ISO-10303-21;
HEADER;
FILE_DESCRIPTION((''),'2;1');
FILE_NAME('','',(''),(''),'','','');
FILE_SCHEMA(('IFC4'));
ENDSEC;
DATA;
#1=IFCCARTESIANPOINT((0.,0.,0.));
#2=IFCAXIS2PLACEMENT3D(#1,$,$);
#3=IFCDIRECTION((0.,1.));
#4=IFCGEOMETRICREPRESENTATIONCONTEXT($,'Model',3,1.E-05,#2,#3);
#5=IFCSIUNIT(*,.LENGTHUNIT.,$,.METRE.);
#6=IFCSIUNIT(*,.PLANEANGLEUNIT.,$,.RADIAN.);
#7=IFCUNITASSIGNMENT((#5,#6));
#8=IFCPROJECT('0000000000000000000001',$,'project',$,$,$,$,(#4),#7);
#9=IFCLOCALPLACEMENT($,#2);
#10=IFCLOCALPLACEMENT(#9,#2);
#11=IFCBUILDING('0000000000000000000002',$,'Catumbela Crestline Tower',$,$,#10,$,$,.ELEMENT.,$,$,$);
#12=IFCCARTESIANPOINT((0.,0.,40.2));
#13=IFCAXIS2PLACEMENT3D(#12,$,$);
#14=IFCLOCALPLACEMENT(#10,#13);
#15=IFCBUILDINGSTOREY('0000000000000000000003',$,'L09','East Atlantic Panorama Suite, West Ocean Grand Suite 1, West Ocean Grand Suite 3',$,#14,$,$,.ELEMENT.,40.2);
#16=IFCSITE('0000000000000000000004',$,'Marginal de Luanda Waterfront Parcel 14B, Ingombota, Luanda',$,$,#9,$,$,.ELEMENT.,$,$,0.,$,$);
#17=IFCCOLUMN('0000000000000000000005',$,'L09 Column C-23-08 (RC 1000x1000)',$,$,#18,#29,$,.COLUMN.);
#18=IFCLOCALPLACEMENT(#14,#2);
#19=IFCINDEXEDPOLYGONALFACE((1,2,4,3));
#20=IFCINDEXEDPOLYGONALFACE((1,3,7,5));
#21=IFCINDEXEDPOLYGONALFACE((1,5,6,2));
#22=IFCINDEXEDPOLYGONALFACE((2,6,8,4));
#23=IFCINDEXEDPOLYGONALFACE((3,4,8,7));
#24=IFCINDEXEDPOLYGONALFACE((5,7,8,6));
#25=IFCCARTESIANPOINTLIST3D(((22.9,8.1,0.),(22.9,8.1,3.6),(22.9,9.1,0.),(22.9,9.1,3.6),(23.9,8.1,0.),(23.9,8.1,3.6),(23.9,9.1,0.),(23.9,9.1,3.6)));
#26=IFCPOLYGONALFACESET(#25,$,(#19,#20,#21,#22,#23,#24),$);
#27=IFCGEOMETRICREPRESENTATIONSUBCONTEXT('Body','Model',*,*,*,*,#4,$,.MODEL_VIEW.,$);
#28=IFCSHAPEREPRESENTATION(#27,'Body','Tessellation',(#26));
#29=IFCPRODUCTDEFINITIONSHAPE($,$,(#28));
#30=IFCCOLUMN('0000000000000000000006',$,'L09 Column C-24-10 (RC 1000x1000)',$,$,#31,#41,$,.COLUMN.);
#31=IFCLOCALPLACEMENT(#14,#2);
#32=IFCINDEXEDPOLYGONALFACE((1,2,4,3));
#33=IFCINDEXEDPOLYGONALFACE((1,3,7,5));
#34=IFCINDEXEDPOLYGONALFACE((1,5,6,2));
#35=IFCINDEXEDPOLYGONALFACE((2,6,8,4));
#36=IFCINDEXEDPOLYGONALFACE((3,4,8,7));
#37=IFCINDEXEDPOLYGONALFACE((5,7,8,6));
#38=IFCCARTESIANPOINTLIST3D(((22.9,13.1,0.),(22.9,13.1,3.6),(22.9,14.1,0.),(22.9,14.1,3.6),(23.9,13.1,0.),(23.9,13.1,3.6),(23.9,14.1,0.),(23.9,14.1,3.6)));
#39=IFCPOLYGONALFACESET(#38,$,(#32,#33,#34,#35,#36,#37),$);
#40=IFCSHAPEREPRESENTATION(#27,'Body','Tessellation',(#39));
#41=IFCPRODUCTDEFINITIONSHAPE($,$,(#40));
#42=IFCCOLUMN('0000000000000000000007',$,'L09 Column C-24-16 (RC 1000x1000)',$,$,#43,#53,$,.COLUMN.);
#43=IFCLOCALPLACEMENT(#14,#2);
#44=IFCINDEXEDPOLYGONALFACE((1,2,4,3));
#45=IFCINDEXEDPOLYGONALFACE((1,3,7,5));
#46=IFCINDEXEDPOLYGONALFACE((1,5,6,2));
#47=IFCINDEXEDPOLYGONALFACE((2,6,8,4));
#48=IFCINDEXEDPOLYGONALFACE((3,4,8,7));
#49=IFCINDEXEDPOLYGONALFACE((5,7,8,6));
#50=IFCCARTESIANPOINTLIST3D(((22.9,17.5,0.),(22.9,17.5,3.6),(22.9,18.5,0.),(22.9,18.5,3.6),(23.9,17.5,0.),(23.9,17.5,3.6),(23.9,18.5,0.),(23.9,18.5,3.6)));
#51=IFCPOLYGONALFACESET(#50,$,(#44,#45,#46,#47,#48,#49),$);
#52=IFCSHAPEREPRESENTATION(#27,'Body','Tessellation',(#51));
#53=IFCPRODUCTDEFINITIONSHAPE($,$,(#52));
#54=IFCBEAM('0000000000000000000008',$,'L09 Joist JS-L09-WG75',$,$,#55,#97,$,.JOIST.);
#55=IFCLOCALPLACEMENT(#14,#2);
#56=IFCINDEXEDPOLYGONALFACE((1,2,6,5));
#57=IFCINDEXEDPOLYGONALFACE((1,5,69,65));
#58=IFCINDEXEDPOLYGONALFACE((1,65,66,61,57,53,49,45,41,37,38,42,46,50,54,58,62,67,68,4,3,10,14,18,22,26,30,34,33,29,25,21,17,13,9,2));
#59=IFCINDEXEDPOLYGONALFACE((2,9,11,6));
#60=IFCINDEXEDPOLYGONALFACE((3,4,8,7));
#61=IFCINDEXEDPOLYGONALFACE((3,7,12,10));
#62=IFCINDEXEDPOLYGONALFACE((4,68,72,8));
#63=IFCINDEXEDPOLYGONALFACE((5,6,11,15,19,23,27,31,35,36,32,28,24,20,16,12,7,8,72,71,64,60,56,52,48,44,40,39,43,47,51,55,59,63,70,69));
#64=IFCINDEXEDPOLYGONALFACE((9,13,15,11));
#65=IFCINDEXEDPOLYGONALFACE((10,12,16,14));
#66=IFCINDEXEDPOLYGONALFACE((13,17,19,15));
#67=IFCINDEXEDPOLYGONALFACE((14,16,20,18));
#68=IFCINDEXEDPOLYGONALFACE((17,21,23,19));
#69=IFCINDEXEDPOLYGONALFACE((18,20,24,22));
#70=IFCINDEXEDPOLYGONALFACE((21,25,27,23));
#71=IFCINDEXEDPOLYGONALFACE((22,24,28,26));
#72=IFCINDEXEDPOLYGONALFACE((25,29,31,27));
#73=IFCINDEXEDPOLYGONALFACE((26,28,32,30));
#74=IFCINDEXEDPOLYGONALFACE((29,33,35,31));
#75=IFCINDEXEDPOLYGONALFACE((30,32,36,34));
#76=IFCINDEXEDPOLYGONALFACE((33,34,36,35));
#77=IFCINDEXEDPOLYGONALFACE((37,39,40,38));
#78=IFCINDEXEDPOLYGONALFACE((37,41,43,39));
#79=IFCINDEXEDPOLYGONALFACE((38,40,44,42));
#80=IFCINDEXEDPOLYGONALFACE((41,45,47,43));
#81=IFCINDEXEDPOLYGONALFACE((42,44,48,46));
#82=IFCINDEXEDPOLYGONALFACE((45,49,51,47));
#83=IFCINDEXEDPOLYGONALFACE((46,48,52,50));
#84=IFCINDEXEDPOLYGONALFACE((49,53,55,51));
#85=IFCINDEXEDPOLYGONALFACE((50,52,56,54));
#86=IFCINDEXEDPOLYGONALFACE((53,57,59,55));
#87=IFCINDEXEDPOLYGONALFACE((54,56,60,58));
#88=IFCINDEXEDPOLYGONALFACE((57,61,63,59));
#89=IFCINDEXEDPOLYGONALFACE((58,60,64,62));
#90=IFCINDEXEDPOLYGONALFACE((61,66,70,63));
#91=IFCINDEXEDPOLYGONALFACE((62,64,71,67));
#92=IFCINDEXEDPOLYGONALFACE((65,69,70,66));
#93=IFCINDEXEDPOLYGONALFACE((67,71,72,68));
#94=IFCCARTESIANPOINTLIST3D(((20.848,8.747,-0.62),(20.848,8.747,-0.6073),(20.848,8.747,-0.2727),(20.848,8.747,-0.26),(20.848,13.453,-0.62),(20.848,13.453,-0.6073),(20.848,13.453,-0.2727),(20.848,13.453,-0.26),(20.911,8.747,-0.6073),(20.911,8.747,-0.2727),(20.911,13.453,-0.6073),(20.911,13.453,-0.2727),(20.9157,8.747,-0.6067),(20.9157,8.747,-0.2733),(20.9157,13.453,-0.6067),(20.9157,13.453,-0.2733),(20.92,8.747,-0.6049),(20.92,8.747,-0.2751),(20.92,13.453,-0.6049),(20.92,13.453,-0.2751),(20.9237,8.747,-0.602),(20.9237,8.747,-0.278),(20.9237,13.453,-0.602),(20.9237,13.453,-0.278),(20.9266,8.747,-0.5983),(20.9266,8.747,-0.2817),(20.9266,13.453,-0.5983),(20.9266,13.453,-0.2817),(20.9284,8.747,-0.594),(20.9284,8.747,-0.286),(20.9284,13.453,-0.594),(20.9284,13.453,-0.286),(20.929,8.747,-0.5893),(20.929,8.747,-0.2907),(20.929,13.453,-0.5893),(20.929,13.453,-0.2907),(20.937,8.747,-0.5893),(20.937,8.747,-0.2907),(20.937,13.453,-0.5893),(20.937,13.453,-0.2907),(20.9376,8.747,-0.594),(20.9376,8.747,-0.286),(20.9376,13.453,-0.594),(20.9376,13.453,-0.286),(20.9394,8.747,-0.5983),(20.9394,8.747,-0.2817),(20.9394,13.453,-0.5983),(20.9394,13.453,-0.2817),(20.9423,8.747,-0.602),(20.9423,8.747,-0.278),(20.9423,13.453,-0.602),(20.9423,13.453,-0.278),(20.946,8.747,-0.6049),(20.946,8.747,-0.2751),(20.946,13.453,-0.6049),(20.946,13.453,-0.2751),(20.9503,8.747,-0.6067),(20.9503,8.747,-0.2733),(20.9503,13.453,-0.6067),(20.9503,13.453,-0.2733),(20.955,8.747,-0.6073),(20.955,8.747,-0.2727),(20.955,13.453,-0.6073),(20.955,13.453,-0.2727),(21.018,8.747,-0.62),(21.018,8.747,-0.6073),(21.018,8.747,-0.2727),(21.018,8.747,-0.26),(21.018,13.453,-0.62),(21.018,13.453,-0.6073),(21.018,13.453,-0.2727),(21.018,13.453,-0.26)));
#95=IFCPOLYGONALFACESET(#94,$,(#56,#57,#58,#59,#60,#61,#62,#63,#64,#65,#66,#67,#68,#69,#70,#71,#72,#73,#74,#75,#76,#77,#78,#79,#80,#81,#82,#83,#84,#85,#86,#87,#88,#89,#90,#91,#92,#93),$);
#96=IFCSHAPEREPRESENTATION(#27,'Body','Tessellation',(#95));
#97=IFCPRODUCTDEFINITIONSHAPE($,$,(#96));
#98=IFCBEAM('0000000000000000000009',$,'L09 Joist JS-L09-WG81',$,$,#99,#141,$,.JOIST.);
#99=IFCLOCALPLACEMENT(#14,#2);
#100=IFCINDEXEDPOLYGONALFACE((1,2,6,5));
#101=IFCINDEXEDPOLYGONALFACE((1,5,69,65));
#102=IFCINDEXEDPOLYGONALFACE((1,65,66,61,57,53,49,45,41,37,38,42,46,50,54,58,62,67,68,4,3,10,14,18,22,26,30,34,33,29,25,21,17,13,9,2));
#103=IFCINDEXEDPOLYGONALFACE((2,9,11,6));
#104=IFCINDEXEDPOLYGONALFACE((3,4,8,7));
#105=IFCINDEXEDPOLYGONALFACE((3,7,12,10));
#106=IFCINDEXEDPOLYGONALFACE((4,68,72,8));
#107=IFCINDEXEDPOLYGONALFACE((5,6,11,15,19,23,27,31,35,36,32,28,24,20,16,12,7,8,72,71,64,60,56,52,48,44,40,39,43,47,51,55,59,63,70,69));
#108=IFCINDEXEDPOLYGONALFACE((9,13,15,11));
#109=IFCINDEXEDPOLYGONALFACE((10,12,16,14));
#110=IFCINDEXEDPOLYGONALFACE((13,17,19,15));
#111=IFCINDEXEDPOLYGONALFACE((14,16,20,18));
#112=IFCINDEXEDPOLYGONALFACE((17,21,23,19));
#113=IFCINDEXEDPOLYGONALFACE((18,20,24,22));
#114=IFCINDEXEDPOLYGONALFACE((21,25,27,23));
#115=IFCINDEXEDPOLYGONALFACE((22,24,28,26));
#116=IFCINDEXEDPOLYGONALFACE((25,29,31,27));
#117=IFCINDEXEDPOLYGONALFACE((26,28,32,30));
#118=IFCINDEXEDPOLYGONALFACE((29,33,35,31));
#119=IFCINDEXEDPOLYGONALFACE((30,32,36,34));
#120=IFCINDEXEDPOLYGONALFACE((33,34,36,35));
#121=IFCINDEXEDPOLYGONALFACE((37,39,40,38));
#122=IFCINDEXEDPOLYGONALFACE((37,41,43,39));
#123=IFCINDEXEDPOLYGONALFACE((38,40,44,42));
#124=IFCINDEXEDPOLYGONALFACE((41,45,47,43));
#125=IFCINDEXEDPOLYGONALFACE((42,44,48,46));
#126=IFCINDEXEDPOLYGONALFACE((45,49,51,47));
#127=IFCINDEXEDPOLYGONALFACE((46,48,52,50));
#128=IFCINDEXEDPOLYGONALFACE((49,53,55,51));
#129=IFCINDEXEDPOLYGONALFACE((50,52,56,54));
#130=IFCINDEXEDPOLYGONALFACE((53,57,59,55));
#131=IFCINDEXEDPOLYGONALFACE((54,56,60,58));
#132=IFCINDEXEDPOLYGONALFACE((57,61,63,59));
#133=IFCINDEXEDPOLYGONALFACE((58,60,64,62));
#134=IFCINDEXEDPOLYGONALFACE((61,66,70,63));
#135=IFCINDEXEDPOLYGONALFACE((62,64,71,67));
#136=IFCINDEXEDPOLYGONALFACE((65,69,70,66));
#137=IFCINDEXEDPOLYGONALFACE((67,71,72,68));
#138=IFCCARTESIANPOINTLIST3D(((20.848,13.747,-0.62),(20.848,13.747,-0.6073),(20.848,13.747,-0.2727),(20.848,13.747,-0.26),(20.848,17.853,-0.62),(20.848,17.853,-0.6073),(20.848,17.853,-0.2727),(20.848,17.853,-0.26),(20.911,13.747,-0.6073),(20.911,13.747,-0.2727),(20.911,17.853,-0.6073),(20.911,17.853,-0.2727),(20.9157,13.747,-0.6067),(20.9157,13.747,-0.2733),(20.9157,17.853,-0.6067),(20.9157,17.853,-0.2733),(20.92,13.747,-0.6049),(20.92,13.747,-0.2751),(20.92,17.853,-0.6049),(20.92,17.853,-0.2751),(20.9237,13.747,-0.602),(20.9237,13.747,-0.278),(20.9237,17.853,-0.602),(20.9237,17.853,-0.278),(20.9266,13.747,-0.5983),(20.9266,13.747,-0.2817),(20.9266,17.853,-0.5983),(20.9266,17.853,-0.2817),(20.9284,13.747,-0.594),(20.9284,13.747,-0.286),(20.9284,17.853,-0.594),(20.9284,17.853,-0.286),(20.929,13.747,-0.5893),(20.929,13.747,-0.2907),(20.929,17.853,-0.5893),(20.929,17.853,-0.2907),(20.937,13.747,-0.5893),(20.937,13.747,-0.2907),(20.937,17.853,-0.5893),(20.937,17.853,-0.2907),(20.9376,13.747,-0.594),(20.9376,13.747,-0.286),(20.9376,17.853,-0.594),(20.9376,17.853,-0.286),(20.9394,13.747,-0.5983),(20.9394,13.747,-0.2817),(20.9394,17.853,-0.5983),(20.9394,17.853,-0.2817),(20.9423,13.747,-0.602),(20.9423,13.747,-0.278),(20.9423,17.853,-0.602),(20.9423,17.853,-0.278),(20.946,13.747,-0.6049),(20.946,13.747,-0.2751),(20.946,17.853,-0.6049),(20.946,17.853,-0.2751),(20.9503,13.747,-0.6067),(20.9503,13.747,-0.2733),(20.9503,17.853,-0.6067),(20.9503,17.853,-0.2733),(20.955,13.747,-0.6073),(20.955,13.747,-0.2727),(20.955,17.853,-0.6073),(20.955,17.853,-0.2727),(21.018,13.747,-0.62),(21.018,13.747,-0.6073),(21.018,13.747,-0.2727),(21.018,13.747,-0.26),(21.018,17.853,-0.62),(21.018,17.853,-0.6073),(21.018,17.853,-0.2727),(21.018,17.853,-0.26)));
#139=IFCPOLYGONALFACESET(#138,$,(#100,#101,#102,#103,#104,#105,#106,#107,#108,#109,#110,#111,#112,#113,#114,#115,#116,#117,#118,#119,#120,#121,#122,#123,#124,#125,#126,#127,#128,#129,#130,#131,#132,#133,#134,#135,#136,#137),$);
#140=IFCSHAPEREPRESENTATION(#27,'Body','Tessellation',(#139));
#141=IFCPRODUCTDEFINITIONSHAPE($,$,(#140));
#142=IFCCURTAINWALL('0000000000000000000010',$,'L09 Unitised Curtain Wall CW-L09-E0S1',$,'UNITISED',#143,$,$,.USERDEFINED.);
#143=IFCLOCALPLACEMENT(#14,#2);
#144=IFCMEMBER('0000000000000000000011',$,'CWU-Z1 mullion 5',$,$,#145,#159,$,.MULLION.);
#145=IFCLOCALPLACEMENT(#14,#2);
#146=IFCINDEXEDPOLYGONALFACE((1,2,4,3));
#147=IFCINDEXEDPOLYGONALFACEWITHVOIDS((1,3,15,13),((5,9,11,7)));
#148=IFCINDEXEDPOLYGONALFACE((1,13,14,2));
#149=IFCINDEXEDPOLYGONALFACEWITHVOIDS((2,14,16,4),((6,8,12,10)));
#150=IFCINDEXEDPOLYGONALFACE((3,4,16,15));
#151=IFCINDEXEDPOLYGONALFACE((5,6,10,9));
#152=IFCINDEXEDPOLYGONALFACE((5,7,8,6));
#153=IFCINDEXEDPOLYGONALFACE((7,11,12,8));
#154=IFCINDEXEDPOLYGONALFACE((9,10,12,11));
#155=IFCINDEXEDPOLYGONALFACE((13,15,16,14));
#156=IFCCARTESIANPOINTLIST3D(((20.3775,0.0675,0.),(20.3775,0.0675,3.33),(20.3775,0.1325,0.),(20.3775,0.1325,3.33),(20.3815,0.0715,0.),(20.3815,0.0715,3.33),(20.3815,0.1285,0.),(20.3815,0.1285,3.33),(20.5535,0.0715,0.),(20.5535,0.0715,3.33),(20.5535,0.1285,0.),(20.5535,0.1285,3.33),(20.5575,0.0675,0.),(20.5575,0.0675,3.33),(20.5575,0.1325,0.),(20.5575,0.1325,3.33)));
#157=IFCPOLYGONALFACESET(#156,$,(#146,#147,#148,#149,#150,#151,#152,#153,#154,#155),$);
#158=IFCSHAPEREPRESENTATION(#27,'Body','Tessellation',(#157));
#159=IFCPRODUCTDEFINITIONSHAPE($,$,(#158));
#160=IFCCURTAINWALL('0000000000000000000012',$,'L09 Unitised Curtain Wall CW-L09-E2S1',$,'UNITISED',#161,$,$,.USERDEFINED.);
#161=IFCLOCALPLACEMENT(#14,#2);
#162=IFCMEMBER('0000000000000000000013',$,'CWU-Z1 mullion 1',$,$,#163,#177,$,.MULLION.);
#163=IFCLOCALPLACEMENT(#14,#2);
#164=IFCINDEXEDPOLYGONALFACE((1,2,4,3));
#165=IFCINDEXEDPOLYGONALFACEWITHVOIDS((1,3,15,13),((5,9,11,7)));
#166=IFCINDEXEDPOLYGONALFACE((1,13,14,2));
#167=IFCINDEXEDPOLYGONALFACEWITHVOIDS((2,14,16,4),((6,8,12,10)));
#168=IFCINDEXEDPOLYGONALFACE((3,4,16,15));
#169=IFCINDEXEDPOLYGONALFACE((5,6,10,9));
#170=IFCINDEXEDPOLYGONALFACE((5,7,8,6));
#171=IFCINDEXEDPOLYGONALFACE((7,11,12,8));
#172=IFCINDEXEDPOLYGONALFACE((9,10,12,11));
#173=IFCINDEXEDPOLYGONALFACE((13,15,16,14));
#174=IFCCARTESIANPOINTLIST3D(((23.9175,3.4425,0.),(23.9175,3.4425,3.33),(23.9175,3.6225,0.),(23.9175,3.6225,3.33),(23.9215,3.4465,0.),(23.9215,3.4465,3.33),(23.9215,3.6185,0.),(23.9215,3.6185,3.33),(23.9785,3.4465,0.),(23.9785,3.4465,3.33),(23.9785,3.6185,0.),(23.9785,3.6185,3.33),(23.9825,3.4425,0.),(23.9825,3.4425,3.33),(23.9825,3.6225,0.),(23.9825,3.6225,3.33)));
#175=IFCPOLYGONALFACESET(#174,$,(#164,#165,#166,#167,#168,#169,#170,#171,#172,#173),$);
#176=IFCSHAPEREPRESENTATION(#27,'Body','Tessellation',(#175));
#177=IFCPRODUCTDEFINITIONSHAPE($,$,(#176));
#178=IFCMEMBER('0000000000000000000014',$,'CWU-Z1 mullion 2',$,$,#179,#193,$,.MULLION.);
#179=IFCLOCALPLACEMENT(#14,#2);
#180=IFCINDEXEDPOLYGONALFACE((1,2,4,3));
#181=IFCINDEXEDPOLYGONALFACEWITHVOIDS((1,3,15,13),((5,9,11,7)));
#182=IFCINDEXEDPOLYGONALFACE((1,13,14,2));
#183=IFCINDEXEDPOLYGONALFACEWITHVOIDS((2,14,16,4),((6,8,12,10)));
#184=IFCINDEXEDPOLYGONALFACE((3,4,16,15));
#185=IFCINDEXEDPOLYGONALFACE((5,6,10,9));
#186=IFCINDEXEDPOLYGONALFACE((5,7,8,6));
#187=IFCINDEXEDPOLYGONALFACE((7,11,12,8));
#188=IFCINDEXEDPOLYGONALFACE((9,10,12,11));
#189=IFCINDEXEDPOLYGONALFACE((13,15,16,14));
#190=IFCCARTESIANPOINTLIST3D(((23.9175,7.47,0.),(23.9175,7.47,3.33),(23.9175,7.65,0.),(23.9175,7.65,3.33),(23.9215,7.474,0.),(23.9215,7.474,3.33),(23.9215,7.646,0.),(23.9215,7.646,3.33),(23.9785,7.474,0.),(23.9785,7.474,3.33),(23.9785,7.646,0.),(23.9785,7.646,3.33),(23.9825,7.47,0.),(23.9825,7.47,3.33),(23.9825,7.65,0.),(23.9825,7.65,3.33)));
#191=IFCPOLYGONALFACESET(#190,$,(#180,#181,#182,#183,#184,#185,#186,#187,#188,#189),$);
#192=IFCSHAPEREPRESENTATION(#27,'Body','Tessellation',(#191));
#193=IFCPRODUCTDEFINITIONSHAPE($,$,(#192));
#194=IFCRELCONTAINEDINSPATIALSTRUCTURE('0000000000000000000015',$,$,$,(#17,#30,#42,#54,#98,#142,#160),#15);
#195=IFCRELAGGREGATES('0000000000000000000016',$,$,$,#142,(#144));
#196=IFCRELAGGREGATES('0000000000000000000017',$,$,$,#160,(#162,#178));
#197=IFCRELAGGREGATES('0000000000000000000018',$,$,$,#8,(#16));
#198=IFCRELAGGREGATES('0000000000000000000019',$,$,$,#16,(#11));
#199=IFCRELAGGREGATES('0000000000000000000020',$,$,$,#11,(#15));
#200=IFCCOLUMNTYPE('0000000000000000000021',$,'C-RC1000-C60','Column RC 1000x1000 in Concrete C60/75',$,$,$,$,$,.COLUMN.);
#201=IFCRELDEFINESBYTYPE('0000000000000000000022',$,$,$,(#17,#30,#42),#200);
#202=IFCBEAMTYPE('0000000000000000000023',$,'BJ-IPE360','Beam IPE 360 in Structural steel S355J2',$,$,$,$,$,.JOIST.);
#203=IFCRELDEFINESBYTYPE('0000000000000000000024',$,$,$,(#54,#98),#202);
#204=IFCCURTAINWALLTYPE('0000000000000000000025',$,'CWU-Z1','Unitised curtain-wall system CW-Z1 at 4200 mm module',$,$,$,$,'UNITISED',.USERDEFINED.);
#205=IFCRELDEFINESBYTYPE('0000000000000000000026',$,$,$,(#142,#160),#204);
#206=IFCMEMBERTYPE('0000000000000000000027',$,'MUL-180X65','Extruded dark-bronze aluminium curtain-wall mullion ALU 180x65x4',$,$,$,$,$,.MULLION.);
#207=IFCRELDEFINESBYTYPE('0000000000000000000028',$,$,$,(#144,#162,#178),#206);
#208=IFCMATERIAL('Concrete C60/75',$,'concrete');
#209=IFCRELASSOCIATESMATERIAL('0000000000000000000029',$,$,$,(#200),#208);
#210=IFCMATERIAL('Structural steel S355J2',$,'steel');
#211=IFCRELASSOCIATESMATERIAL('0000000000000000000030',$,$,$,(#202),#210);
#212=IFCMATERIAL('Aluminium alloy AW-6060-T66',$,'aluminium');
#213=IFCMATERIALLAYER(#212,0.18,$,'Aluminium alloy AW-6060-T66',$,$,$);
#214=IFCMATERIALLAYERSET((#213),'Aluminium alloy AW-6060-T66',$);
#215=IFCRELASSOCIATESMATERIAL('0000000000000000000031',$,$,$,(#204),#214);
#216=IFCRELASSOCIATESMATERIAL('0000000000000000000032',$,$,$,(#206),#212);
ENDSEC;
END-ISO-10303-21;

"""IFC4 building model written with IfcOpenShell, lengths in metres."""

from ifc_helpers import new_model, si_unit, direction, frame, origin, origin_2d, place, context, subcontext, project, spatial, rectangle, hollow_rectangle, i_section, extrude, material, layer, layer_set, material_profile, profile_set, type_object, element, aggregate, save


model = new_model("IFC4")

# Units and contexts
model_context = context("Model", 3, precision=1e-05, world=origin(), true_north=direction((0.0, 1.0)))
body_context = subcontext(model_context, "Body", "Model", "MODEL_VIEW")
ifc_project = project(units=[si_unit("LENGTHUNIT", "METRE"), si_unit("PLANEANGLEUNIT", "RADIAN")], contexts=[model_context])

# Site, building, storey
site_placement = place(None, origin())
site = spatial("IfcSite", under=ifc_project, at=site_placement, Name="Marginal de Luanda Waterfront Parcel 14B, Ingombota, Luanda", CompositionType="ELEMENT", RefElevation=0.0)
building_placement = place(site_placement, origin())
building = spatial("IfcBuilding", under=site, at=building_placement, Name="Catumbela Crestline Tower", CompositionType="ELEMENT")
storey_placement = place(building_placement, frame((0.0, 0.0, 40.2)))
storey = spatial("IfcBuildingStorey", under=building, at=storey_placement, Name="L09", Description="East Atlantic Panorama Suite, West Ocean Grand Suite 1, West Ocean Grand Suite 3", CompositionType="ELEMENT", Elevation=40.2)

# Columns
ifc_material_1 = material(Name="Concrete C60/75", Category="concrete")
ifc_material_profile_1 = material_profile(ifc_material_1, rectangle(XDim=1.0, YDim=1.0, at=origin_2d()), Name="RC 1000x1000")
ifc_profile_set_1 = profile_set([ifc_material_profile_1], Name="Concrete C60/75")
column_type = type_object("IfcColumnType", Name="C-RC1000-C60", Description="Column RC 1000x1000 in Concrete C60/75", PredefinedType="COLUMN", material=ifc_profile_set_1)
for number, where, z_axis, x_axis, name in (
    (1, (23.4, 8.6, 0.0), (0.0, 0.0, 1.0), (1.0, 0.0, 0.0), "L09 Column C-23-08 (RC 1000x1000)"),
    (2, (23.4, 13.6, 0.0), (0.0, 0.0, 1.0), (1.0, 0.0, 0.0), "L09 Column C-24-10 (RC 1000x1000)"),
    (3, (23.4, 18.0, 0.0), (0.0, 0.0, 1.0), (1.0, 0.0, 0.0), "L09 Column C-24-16 (RC 1000x1000)"),
):
    element("IfcColumn", number, at=place(storey_placement, frame(where, z_axis=z_axis, x_axis=x_axis)), inside=storey, type_object=column_type, Name=name, PredefinedType="COLUMN", context=body_context, shape_type="SweptSolid", body=[
        extrude(rectangle(XDim=1.0, YDim=1.0, at=origin_2d()), origin(), (0.0, 0.0, 1.0), 3.6),
    ])

# Beams
ifc_material_2 = material(Name="Structural steel S355J2", Category="steel")
ifc_material_profile_2 = material_profile(ifc_material_2, i_section(OverallWidth=0.17, OverallDepth=0.36, WebThickness=0.008, FlangeThickness=0.0127, FilletRadius=0.018, at=origin_2d()), Name="IPE 360")
ifc_profile_set_2 = profile_set([ifc_material_profile_2], Name="Structural steel S355J2")
beam_type_1 = type_object("IfcBeamType", Name="BJ-IPE360", Description="Beam IPE 360 in Structural steel S355J2", PredefinedType="JOIST", material=ifc_profile_set_2)
beam_1_placement = place(storey_placement, frame((20.933, 8.747, -0.44), z_axis=(0.0, 1.0, 0.0), x_axis=(-1.0, 0.0, 0.0)))
element("IfcBeam", 4, at=beam_1_placement, inside=storey, type_object=beam_type_1, Name="L09 Joist JS-L09-WG75", PredefinedType="JOIST", context=body_context, shape_type="SweptSolid", body=[
    extrude(i_section(OverallWidth=0.17, OverallDepth=0.36, WebThickness=0.008, FlangeThickness=0.0127, FilletRadius=0.018, at=origin_2d()), origin(), (0.0, 0.0, 1.0), 4.706),
])
beam_2_placement = place(storey_placement, frame((20.933, 13.747, -0.44), z_axis=(0.0, 1.0, 0.0), x_axis=(-1.0, 0.0, 0.0)))
element("IfcBeam", 5, at=beam_2_placement, inside=storey, type_object=beam_type_1, Name="L09 Joist JS-L09-WG81", PredefinedType="JOIST", context=body_context, shape_type="SweptSolid", body=[
    extrude(i_section(OverallWidth=0.17, OverallDepth=0.36, WebThickness=0.008, FlangeThickness=0.0127, FilletRadius=0.018, at=origin_2d()), origin(), (0.0, 0.0, 1.0), 4.106),
])

# Curtain wall, member
ifc_material_3 = material(Name="Aluminium alloy AW-6060-T66", Category="aluminium")
ifc_layer_1 = layer(ifc_material_3, 0.18, Name="Aluminium alloy AW-6060-T66")
ifc_layer_set_1 = layer_set([ifc_layer_1], Name="Aluminium alloy AW-6060-T66")
curtain_wall_type = type_object("IfcCurtainWallType", Name="CWU-Z1", Description="Unitised curtain-wall system CW-Z1 at 4200 mm module", ElementType="UNITISED", PredefinedType="USERDEFINED", material=ifc_layer_set_1)
curtain_wall_1_placement = place(storey_placement, origin())
curtain_wall_1 = element("IfcCurtainWall", 6, at=curtain_wall_1_placement, inside=storey, type_object=curtain_wall_type, Name="L09 Unitised Curtain Wall CW-L09-E0S1", ObjectType="UNITISED", PredefinedType="USERDEFINED")
ifc_material_profile_3 = material_profile(ifc_material_3, hollow_rectangle(XDim=0.065, YDim=0.18, WallThickness=0.004, at=origin_2d()), Name="ALU 180x65x4")
ifc_profile_set_3 = profile_set([ifc_material_profile_3], Name="Aluminium alloy AW-6060-T66")
member_type_1 = type_object("IfcMemberType", Name="MUL-180X65", Description="Extruded dark-bronze aluminium curtain-wall mullion ALU 180x65x4", PredefinedType="MULLION", material=ifc_profile_set_3)
member_1_placement = place(storey_placement, frame((20.4675, 0.1, 0.0), z_axis=(0.0, 0.0, 1.0), x_axis=(0.0, 1.0, 0.0)))
member_1 = element("IfcMember", 7, at=member_1_placement, type_object=member_type_1, Name="CWU-Z1 mullion 5", PredefinedType="MULLION", context=body_context, shape_type="SweptSolid", body=[
    extrude(hollow_rectangle(XDim=0.065, YDim=0.18, WallThickness=0.004, at=origin_2d()), origin(), (0.0, 0.0, 1.0), 3.33),
])
aggregate(curtain_wall_1, [member_1])

# Curtain wall, members
curtain_wall_2_placement = place(storey_placement, origin())
curtain_wall_2 = element("IfcCurtainWall", 8, at=curtain_wall_2_placement, inside=storey, type_object=curtain_wall_type, Name="L09 Unitised Curtain Wall CW-L09-E2S1", ObjectType="UNITISED", PredefinedType="USERDEFINED")
member_2_placement = place(storey_placement, frame((23.95, 3.5325, 0.0), z_axis=(0.0, 0.0, 1.0), x_axis=(-1.0, 0.0, 0.0)))
member_2 = element("IfcMember", 9, at=member_2_placement, type_object=member_type_1, Name="CWU-Z1 mullion 1", PredefinedType="MULLION", context=body_context, shape_type="SweptSolid", body=[
    extrude(hollow_rectangle(XDim=0.065, YDim=0.18, WallThickness=0.004, at=origin_2d()), origin(), (0.0, 0.0, 1.0), 3.33),
])
member_3_placement = place(storey_placement, frame((23.95, 7.56, 0.0), z_axis=(0.0, 0.0, 1.0), x_axis=(-1.0, 0.0, 0.0)))
member_3 = element("IfcMember", 10, at=member_3_placement, type_object=member_type_1, Name="CWU-Z1 mullion 2", PredefinedType="MULLION", context=body_context, shape_type="SweptSolid", body=[
    extrude(hollow_rectangle(XDim=0.065, YDim=0.18, WallThickness=0.004, at=origin_2d()), origin(), (0.0, 0.0, 1.0), 3.33),
])

aggregate(curtain_wall_2, [member_2, member_3])

save(model, "model.ifc")
